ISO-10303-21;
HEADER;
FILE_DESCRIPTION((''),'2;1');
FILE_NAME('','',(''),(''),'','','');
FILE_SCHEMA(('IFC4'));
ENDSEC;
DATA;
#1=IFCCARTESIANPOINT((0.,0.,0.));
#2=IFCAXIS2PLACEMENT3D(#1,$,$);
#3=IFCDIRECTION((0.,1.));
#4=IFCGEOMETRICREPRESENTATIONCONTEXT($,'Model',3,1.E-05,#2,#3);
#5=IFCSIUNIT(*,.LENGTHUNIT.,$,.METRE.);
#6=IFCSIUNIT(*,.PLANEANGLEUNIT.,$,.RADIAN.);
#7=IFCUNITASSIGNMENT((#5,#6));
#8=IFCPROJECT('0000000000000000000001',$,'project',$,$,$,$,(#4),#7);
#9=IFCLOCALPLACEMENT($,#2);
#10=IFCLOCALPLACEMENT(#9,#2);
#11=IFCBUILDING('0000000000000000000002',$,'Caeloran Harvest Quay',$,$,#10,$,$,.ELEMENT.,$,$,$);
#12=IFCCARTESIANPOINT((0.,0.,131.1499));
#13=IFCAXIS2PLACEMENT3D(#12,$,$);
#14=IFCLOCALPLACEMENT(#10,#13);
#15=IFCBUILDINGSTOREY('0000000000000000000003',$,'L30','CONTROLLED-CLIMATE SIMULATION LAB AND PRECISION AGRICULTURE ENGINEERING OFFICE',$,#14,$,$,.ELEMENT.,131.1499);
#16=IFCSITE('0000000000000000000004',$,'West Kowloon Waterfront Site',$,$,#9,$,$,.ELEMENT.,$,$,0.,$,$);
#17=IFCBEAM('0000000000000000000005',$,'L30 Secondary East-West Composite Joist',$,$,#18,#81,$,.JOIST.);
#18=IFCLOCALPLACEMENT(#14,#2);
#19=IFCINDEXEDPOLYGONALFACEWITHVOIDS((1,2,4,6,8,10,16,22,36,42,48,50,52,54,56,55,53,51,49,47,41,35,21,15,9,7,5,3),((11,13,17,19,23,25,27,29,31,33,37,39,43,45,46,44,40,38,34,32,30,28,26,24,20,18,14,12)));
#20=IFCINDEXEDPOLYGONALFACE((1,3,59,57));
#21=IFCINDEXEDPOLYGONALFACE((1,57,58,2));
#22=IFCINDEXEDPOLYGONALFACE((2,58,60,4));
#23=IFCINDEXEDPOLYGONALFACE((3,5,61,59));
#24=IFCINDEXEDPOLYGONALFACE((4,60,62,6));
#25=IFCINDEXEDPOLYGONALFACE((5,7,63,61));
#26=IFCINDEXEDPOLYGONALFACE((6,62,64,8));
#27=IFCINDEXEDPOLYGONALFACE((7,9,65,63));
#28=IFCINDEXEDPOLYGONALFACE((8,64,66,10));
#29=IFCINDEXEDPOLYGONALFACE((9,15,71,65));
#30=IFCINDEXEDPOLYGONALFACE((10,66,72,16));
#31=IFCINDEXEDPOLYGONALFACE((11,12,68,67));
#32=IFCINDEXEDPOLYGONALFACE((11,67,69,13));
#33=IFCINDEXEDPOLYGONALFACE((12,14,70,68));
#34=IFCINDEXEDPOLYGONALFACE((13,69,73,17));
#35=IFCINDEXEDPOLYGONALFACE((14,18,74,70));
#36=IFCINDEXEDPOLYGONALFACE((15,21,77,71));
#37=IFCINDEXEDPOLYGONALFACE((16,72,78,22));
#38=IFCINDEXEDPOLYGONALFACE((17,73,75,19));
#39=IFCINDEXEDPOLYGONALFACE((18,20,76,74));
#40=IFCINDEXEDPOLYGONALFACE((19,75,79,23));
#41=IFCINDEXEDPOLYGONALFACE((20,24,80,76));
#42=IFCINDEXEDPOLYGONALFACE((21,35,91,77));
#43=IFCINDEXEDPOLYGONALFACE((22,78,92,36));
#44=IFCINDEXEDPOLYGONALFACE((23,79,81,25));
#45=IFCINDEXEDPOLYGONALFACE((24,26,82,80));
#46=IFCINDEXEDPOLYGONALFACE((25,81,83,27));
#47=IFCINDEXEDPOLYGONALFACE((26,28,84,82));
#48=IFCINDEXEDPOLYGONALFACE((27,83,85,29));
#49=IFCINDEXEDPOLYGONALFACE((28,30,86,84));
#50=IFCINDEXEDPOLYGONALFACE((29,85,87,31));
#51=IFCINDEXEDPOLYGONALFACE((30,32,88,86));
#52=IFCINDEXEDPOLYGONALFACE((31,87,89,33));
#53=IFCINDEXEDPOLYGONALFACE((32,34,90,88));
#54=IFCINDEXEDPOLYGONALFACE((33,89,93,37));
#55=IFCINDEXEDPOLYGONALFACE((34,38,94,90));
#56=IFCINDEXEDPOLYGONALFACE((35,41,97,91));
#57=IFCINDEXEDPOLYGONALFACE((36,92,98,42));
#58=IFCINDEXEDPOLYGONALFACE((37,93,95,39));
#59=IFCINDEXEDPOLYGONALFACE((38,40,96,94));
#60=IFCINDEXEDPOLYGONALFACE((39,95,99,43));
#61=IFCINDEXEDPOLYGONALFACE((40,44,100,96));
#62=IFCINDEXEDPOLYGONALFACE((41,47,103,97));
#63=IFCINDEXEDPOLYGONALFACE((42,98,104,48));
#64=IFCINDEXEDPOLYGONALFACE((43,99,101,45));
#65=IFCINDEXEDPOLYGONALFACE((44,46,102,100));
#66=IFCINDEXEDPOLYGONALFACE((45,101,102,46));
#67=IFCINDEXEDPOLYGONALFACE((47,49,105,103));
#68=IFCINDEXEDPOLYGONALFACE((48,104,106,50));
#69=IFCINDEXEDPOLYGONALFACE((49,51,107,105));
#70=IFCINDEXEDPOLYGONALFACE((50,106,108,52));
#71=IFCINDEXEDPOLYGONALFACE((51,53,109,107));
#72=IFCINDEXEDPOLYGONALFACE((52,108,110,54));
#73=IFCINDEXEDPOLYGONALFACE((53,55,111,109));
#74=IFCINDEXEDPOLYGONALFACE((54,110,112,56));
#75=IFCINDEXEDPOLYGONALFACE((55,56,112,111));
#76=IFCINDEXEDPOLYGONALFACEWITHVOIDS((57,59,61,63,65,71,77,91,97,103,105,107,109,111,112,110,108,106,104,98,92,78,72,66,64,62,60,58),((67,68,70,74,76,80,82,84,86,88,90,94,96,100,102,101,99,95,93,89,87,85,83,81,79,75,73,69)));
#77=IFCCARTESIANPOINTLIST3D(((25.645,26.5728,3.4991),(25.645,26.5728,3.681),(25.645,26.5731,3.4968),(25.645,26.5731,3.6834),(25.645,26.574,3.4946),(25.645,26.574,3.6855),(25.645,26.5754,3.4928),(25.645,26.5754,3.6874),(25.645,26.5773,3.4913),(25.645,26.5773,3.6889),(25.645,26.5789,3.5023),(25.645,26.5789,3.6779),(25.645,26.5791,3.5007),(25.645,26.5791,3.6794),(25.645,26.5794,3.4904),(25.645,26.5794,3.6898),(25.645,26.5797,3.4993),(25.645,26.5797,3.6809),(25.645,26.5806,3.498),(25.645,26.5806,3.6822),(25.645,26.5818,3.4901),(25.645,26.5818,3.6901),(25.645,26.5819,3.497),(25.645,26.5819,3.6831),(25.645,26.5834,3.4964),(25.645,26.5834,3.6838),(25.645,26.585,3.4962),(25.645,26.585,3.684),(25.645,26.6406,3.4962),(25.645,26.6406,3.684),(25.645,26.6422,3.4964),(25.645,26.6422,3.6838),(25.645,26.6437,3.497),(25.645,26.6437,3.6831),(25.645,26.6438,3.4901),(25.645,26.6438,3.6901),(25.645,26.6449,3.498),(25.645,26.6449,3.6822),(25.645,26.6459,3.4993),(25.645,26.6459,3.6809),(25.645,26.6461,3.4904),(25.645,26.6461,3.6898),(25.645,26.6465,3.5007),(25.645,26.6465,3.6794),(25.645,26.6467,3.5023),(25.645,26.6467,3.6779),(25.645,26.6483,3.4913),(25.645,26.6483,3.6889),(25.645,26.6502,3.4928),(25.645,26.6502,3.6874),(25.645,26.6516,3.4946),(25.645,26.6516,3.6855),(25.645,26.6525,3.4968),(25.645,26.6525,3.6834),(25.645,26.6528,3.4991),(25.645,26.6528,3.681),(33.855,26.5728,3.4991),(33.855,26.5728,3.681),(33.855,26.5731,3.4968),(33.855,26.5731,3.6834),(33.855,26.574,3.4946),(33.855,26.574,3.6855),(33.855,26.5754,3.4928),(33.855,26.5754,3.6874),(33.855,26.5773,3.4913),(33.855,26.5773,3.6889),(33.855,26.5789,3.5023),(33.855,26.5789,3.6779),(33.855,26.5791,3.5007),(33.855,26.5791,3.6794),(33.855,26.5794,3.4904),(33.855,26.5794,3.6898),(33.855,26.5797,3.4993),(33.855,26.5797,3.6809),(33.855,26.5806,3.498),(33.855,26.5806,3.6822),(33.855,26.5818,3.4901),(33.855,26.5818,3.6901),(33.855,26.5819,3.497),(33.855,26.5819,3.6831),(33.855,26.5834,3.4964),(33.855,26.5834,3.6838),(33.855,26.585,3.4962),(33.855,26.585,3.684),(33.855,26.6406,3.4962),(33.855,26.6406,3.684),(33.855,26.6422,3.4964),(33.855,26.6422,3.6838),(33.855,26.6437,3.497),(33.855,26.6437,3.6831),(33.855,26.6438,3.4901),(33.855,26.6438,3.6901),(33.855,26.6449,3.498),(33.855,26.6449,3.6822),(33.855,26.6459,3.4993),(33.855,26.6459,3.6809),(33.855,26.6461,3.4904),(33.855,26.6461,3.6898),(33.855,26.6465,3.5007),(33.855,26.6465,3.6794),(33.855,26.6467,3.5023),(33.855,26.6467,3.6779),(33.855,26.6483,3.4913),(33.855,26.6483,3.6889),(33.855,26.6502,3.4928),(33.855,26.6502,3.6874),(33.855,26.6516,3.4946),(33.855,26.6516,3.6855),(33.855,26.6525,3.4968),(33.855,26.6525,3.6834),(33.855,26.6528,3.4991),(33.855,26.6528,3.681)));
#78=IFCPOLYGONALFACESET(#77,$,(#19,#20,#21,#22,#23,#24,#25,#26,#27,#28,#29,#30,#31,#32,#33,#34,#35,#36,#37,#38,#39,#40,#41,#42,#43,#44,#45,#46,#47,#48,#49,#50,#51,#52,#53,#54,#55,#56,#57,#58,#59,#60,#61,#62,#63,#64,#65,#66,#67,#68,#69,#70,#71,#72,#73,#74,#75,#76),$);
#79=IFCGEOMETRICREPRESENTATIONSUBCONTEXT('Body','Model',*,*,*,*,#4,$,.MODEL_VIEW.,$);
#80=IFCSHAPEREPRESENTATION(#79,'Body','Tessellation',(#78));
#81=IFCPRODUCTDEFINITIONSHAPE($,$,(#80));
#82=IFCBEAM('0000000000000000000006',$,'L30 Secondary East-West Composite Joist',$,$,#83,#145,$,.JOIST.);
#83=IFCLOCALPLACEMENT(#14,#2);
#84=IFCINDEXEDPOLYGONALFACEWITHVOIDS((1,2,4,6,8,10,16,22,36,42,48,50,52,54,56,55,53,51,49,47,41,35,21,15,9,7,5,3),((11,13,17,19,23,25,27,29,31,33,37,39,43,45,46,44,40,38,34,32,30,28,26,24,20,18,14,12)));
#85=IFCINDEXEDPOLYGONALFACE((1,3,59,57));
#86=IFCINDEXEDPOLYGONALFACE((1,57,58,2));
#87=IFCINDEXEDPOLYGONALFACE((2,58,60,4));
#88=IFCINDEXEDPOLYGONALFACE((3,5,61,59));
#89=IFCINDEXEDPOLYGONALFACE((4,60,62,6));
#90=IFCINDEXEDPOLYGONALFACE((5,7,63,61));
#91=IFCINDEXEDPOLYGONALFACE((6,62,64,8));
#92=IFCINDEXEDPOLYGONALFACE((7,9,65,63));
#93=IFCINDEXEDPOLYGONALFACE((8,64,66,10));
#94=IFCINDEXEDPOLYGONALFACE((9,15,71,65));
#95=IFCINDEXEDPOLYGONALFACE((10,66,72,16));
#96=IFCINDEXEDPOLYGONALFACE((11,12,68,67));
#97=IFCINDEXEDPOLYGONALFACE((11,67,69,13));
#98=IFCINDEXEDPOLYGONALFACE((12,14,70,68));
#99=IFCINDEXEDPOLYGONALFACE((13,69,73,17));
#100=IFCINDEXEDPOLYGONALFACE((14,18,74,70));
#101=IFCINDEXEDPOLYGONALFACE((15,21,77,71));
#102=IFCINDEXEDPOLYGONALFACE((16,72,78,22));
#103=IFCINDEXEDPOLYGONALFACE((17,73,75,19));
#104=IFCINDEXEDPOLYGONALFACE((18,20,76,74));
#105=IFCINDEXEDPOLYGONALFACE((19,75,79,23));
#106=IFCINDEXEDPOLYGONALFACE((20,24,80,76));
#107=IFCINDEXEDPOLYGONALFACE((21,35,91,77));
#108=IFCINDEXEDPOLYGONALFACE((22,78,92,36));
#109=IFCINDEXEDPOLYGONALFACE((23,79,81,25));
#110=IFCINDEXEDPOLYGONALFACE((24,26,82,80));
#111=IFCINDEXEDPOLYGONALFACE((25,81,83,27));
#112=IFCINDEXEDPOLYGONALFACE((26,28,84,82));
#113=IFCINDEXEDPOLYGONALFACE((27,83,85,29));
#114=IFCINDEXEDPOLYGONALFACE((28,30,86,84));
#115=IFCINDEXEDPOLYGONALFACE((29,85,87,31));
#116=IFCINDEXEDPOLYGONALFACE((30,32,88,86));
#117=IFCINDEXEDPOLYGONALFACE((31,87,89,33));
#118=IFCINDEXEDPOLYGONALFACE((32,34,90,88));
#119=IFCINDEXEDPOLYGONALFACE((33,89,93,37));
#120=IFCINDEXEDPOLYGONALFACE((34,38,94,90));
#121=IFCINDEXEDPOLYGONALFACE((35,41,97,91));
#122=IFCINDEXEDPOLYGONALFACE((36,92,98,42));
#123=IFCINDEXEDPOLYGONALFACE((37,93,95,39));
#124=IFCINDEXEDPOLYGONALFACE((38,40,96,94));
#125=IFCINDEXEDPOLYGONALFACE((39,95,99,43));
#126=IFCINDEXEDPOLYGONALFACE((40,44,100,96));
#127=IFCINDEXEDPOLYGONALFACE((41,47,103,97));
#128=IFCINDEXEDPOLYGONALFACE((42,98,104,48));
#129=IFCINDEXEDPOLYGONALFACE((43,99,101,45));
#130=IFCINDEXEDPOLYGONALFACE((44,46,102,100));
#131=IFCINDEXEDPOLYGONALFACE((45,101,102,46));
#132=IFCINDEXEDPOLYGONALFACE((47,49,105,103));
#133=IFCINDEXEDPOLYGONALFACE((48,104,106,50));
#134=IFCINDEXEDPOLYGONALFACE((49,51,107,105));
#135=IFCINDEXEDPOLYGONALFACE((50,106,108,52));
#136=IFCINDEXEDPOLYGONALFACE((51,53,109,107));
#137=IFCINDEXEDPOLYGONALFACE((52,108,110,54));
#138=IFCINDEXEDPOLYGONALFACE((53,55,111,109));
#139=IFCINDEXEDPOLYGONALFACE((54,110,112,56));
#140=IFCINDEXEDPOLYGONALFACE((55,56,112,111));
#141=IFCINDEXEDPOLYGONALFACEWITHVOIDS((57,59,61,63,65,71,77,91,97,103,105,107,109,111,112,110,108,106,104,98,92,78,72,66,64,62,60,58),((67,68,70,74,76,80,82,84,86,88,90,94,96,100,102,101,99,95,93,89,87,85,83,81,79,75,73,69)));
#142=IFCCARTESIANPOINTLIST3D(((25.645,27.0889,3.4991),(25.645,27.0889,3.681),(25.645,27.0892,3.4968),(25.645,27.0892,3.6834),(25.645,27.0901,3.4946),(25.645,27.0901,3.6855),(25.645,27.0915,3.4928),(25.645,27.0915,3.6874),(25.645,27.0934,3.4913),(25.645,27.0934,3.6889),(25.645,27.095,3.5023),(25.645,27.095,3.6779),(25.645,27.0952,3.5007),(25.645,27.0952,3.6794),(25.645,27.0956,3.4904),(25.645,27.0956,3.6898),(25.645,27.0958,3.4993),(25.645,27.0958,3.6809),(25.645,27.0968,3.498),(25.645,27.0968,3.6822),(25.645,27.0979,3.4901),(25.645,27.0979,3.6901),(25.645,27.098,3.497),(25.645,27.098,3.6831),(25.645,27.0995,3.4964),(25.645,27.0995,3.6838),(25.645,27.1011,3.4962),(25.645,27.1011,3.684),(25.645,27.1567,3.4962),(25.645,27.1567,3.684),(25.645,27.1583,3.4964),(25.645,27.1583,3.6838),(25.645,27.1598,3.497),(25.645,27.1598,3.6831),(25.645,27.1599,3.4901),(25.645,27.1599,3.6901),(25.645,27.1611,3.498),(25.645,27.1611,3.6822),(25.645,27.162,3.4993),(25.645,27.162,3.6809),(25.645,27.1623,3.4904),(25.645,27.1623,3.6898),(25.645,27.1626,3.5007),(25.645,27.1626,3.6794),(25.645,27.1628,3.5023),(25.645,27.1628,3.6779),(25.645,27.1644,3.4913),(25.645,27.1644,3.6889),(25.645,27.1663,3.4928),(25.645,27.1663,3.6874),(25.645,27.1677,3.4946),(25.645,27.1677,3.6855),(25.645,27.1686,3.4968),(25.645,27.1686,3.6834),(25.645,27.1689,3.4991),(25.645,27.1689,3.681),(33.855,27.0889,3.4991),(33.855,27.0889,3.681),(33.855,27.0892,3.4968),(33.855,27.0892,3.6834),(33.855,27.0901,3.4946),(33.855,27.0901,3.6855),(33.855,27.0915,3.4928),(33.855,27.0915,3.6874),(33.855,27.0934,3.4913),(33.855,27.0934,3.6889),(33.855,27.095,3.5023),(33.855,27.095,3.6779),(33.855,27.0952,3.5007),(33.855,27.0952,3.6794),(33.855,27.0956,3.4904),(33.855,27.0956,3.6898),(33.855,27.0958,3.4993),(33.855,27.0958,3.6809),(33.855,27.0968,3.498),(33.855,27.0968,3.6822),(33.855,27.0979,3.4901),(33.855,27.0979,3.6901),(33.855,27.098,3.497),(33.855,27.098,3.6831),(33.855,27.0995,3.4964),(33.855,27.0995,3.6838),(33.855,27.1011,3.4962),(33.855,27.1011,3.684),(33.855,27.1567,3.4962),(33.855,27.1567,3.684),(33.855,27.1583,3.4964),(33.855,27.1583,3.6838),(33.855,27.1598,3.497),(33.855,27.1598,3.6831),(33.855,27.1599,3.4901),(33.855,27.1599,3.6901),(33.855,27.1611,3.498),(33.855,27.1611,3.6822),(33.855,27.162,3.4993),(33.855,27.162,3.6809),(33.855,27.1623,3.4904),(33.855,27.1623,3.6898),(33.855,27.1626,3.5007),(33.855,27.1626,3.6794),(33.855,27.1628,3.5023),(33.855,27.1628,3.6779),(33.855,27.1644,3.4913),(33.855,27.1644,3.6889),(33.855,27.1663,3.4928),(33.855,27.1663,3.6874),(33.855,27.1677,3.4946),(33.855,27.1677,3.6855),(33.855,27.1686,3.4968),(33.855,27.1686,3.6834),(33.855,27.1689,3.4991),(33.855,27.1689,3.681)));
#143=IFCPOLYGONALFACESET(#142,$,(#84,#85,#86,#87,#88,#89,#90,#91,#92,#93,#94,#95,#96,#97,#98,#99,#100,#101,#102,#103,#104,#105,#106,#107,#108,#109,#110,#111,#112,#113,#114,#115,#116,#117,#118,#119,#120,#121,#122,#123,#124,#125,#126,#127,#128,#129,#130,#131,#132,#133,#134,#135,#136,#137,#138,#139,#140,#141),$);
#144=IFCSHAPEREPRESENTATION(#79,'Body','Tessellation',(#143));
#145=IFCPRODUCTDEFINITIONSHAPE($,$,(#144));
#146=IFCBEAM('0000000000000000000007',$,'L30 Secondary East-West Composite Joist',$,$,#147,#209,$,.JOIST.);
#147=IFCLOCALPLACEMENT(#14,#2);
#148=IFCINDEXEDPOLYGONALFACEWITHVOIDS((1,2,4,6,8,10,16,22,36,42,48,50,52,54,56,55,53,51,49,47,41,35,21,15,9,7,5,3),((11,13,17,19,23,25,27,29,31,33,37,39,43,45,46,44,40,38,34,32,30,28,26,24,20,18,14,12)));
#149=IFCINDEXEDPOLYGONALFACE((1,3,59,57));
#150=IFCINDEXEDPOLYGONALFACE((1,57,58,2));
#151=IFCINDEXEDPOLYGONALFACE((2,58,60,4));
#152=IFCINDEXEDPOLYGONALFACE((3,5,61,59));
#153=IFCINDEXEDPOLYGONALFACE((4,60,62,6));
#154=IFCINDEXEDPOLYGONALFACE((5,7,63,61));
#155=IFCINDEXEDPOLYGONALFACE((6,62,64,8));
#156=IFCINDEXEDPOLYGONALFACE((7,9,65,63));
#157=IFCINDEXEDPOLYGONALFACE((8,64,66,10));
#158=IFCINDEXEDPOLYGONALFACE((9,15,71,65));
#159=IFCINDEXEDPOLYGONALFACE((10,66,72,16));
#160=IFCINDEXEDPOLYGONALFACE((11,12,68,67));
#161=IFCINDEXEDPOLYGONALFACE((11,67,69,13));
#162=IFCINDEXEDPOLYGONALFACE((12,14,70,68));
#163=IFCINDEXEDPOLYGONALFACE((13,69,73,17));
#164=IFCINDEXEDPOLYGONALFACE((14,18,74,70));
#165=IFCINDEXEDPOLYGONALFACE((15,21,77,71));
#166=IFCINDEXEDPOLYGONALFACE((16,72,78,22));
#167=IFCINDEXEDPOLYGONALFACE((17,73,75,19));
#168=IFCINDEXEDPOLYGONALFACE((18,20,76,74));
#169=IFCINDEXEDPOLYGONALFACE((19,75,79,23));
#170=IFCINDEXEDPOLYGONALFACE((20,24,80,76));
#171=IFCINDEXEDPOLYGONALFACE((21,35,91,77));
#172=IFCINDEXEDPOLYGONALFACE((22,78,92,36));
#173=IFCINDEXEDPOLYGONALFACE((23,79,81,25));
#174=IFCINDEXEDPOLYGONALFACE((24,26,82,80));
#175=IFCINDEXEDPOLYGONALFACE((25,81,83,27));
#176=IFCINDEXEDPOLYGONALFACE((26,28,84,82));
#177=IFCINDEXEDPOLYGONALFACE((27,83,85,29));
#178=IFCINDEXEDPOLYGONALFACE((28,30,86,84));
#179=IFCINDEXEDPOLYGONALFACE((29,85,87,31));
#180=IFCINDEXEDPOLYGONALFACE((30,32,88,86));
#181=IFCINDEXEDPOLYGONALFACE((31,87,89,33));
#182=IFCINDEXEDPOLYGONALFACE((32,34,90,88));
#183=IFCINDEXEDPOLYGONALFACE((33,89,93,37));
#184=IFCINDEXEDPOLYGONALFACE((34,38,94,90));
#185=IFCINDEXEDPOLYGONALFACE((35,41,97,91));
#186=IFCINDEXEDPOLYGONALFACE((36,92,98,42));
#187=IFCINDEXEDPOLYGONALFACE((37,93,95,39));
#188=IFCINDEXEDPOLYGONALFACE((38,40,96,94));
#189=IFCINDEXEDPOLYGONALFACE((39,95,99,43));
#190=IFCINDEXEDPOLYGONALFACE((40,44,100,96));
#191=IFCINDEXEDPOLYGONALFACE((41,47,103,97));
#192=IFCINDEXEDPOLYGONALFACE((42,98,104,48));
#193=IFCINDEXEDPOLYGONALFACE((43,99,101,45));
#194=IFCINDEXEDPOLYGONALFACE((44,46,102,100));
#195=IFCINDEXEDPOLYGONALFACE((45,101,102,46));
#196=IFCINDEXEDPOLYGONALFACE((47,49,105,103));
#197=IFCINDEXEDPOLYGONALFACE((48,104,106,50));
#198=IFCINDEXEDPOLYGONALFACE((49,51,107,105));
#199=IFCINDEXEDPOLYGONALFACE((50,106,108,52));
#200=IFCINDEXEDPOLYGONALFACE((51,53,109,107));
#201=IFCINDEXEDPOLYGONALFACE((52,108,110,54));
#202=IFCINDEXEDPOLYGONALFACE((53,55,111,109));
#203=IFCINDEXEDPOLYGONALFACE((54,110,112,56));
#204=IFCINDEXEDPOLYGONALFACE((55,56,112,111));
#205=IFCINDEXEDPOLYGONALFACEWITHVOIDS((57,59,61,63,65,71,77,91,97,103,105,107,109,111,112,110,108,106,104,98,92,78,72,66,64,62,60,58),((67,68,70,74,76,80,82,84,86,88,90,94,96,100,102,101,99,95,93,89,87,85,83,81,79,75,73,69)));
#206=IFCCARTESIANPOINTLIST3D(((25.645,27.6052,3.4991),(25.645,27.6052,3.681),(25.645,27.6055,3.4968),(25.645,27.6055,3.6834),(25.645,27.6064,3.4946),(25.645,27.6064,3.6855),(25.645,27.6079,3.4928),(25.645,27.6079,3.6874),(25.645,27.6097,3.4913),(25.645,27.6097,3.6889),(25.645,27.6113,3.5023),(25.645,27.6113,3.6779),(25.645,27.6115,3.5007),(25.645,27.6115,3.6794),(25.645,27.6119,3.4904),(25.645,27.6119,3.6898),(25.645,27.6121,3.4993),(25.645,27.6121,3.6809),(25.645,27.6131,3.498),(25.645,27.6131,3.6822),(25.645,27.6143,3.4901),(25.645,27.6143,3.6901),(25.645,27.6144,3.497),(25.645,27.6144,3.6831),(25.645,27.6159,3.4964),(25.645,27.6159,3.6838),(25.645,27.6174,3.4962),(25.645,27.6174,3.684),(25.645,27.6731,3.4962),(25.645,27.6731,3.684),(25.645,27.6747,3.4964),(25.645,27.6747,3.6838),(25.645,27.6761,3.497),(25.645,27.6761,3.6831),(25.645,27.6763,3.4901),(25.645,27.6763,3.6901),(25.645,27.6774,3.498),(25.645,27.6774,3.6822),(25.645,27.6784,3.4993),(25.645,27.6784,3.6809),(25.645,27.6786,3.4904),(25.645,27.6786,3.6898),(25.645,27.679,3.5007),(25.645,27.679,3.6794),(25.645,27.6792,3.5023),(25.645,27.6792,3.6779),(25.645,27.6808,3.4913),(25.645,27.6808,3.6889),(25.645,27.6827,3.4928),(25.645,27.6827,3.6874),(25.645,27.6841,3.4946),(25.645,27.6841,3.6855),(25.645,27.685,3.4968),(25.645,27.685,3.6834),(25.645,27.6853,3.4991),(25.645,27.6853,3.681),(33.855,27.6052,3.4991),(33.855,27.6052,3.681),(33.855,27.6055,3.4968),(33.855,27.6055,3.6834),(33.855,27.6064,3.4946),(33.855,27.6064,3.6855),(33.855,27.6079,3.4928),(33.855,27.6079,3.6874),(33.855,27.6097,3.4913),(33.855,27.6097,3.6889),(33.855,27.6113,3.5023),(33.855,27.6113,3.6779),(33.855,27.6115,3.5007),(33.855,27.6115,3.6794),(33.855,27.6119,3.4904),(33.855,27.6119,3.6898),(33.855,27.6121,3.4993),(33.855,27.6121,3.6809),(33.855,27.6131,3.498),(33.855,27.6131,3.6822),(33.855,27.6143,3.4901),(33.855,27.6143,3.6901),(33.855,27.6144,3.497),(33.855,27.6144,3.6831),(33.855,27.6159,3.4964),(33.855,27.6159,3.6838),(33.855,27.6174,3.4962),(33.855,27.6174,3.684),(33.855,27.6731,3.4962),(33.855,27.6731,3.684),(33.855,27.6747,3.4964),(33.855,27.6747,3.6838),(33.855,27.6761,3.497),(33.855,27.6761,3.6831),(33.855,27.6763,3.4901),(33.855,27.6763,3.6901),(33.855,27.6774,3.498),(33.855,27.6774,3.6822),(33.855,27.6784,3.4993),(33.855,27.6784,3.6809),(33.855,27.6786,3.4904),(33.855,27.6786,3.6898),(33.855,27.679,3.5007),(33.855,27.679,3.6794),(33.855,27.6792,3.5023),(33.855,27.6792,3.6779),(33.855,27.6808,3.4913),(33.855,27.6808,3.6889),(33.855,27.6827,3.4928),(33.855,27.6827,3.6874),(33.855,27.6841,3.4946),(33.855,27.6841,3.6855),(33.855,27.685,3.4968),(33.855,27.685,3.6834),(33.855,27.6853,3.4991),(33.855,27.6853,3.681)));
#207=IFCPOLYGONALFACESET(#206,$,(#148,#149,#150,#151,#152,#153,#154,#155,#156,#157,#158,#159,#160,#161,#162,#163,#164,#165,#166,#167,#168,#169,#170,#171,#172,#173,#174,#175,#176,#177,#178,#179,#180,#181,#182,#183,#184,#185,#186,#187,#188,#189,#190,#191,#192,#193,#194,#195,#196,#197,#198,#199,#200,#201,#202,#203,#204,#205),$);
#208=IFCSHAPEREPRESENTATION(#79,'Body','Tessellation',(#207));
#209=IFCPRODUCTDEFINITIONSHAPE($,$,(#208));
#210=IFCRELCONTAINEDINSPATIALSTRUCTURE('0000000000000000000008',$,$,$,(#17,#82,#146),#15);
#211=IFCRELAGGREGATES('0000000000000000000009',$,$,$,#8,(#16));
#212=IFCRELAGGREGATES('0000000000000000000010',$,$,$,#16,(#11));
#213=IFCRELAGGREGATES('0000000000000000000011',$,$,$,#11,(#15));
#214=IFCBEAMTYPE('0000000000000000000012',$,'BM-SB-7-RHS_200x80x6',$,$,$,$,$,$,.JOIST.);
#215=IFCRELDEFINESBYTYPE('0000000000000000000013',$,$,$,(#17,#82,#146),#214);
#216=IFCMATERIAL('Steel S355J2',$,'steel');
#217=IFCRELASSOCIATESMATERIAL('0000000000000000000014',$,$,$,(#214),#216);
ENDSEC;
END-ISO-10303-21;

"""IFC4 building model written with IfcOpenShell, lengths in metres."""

from ifc_helpers import new_model, si_unit, direction, frame, origin, origin_2d, place, context, subcontext, project, spatial, hollow_rectangle, extrude, material, material_profile, profile_set, type_object, element, save


model = new_model("IFC4")

# Units and contexts
model_context = context("Model", 3, precision=1e-05, world=origin(), true_north=direction((0.0, 1.0)))
body_context = subcontext(model_context, "Body", "Model", "MODEL_VIEW")
ifc_project = project(units=[si_unit("LENGTHUNIT", "METRE"), si_unit("PLANEANGLEUNIT", "RADIAN")], contexts=[model_context])

# Site, building, storey
site_placement = place(None, origin())
site = spatial("IfcSite", under=ifc_project, at=site_placement, Name="West Kowloon Waterfront Site", CompositionType="ELEMENT", RefElevation=0.0)
building_placement = place(site_placement, origin())
building = spatial("IfcBuilding", under=site, at=building_placement, Name="Caeloran Harvest Quay", CompositionType="ELEMENT")
storey_placement = place(building_placement, frame((0.0, 0.0, 131.1499)))
storey = spatial("IfcBuildingStorey", under=building, at=storey_placement, Name="L30", Description="CONTROLLED-CLIMATE SIMULATION LAB AND PRECISION AGRICULTURE ENGINEERING OFFICE", CompositionType="ELEMENT", Elevation=131.1499)

# Beams
ifc_material_1 = material(Name="Steel S355J2", Category="steel")
ifc_material_profile_1 = material_profile(ifc_material_1, hollow_rectangle(XDim=0.0801, YDim=0.2, WallThickness=0.0061, InnerFilletRadius=0.0061, OuterFilletRadius=0.009, at=origin_2d()), Name="RHS 200x80x6")
ifc_profile_set_1 = profile_set([ifc_material_profile_1], Name="Steel S355J2")
beam_type_1 = type_object("IfcBeamType", Name="BM-SB-7-RHS_200x80x6", PredefinedType="JOIST", material=ifc_profile_set_1)
for number, where, z_axis, x_axis, name in (
    (1, (25.645, 26.6128, 3.5901), (1.0, 0.0, 0.0), (0.0, 1.0, 0.0), "L30 Secondary East-West Composite Joist"),
    (2, (25.645, 27.1289, 3.5901), (1.0, 0.0, 0.0), (0.0, 1.0, 0.0), "L30 Secondary East-West Composite Joist"),
    (3, (25.645, 27.6453, 3.5901), (1.0, 0.0, 0.0), (0.0, 1.0, 0.0), "L30 Secondary East-West Composite Joist"),
):
    element("IfcBeam", number, at=place(storey_placement, frame(where, z_axis=z_axis, x_axis=x_axis)), inside=storey, type_object=beam_type_1, Name=name, PredefinedType="JOIST", context=body_context, shape_type="SweptSolid", body=[
        extrude(hollow_rectangle(XDim=0.0801, YDim=0.2, WallThickness=0.0061, InnerFilletRadius=0.0061, OuterFilletRadius=0.009, at=origin_2d()), origin(), (0.0, 0.0, 1.0), 8.21),
    ])

save(model, "model.ifc")
